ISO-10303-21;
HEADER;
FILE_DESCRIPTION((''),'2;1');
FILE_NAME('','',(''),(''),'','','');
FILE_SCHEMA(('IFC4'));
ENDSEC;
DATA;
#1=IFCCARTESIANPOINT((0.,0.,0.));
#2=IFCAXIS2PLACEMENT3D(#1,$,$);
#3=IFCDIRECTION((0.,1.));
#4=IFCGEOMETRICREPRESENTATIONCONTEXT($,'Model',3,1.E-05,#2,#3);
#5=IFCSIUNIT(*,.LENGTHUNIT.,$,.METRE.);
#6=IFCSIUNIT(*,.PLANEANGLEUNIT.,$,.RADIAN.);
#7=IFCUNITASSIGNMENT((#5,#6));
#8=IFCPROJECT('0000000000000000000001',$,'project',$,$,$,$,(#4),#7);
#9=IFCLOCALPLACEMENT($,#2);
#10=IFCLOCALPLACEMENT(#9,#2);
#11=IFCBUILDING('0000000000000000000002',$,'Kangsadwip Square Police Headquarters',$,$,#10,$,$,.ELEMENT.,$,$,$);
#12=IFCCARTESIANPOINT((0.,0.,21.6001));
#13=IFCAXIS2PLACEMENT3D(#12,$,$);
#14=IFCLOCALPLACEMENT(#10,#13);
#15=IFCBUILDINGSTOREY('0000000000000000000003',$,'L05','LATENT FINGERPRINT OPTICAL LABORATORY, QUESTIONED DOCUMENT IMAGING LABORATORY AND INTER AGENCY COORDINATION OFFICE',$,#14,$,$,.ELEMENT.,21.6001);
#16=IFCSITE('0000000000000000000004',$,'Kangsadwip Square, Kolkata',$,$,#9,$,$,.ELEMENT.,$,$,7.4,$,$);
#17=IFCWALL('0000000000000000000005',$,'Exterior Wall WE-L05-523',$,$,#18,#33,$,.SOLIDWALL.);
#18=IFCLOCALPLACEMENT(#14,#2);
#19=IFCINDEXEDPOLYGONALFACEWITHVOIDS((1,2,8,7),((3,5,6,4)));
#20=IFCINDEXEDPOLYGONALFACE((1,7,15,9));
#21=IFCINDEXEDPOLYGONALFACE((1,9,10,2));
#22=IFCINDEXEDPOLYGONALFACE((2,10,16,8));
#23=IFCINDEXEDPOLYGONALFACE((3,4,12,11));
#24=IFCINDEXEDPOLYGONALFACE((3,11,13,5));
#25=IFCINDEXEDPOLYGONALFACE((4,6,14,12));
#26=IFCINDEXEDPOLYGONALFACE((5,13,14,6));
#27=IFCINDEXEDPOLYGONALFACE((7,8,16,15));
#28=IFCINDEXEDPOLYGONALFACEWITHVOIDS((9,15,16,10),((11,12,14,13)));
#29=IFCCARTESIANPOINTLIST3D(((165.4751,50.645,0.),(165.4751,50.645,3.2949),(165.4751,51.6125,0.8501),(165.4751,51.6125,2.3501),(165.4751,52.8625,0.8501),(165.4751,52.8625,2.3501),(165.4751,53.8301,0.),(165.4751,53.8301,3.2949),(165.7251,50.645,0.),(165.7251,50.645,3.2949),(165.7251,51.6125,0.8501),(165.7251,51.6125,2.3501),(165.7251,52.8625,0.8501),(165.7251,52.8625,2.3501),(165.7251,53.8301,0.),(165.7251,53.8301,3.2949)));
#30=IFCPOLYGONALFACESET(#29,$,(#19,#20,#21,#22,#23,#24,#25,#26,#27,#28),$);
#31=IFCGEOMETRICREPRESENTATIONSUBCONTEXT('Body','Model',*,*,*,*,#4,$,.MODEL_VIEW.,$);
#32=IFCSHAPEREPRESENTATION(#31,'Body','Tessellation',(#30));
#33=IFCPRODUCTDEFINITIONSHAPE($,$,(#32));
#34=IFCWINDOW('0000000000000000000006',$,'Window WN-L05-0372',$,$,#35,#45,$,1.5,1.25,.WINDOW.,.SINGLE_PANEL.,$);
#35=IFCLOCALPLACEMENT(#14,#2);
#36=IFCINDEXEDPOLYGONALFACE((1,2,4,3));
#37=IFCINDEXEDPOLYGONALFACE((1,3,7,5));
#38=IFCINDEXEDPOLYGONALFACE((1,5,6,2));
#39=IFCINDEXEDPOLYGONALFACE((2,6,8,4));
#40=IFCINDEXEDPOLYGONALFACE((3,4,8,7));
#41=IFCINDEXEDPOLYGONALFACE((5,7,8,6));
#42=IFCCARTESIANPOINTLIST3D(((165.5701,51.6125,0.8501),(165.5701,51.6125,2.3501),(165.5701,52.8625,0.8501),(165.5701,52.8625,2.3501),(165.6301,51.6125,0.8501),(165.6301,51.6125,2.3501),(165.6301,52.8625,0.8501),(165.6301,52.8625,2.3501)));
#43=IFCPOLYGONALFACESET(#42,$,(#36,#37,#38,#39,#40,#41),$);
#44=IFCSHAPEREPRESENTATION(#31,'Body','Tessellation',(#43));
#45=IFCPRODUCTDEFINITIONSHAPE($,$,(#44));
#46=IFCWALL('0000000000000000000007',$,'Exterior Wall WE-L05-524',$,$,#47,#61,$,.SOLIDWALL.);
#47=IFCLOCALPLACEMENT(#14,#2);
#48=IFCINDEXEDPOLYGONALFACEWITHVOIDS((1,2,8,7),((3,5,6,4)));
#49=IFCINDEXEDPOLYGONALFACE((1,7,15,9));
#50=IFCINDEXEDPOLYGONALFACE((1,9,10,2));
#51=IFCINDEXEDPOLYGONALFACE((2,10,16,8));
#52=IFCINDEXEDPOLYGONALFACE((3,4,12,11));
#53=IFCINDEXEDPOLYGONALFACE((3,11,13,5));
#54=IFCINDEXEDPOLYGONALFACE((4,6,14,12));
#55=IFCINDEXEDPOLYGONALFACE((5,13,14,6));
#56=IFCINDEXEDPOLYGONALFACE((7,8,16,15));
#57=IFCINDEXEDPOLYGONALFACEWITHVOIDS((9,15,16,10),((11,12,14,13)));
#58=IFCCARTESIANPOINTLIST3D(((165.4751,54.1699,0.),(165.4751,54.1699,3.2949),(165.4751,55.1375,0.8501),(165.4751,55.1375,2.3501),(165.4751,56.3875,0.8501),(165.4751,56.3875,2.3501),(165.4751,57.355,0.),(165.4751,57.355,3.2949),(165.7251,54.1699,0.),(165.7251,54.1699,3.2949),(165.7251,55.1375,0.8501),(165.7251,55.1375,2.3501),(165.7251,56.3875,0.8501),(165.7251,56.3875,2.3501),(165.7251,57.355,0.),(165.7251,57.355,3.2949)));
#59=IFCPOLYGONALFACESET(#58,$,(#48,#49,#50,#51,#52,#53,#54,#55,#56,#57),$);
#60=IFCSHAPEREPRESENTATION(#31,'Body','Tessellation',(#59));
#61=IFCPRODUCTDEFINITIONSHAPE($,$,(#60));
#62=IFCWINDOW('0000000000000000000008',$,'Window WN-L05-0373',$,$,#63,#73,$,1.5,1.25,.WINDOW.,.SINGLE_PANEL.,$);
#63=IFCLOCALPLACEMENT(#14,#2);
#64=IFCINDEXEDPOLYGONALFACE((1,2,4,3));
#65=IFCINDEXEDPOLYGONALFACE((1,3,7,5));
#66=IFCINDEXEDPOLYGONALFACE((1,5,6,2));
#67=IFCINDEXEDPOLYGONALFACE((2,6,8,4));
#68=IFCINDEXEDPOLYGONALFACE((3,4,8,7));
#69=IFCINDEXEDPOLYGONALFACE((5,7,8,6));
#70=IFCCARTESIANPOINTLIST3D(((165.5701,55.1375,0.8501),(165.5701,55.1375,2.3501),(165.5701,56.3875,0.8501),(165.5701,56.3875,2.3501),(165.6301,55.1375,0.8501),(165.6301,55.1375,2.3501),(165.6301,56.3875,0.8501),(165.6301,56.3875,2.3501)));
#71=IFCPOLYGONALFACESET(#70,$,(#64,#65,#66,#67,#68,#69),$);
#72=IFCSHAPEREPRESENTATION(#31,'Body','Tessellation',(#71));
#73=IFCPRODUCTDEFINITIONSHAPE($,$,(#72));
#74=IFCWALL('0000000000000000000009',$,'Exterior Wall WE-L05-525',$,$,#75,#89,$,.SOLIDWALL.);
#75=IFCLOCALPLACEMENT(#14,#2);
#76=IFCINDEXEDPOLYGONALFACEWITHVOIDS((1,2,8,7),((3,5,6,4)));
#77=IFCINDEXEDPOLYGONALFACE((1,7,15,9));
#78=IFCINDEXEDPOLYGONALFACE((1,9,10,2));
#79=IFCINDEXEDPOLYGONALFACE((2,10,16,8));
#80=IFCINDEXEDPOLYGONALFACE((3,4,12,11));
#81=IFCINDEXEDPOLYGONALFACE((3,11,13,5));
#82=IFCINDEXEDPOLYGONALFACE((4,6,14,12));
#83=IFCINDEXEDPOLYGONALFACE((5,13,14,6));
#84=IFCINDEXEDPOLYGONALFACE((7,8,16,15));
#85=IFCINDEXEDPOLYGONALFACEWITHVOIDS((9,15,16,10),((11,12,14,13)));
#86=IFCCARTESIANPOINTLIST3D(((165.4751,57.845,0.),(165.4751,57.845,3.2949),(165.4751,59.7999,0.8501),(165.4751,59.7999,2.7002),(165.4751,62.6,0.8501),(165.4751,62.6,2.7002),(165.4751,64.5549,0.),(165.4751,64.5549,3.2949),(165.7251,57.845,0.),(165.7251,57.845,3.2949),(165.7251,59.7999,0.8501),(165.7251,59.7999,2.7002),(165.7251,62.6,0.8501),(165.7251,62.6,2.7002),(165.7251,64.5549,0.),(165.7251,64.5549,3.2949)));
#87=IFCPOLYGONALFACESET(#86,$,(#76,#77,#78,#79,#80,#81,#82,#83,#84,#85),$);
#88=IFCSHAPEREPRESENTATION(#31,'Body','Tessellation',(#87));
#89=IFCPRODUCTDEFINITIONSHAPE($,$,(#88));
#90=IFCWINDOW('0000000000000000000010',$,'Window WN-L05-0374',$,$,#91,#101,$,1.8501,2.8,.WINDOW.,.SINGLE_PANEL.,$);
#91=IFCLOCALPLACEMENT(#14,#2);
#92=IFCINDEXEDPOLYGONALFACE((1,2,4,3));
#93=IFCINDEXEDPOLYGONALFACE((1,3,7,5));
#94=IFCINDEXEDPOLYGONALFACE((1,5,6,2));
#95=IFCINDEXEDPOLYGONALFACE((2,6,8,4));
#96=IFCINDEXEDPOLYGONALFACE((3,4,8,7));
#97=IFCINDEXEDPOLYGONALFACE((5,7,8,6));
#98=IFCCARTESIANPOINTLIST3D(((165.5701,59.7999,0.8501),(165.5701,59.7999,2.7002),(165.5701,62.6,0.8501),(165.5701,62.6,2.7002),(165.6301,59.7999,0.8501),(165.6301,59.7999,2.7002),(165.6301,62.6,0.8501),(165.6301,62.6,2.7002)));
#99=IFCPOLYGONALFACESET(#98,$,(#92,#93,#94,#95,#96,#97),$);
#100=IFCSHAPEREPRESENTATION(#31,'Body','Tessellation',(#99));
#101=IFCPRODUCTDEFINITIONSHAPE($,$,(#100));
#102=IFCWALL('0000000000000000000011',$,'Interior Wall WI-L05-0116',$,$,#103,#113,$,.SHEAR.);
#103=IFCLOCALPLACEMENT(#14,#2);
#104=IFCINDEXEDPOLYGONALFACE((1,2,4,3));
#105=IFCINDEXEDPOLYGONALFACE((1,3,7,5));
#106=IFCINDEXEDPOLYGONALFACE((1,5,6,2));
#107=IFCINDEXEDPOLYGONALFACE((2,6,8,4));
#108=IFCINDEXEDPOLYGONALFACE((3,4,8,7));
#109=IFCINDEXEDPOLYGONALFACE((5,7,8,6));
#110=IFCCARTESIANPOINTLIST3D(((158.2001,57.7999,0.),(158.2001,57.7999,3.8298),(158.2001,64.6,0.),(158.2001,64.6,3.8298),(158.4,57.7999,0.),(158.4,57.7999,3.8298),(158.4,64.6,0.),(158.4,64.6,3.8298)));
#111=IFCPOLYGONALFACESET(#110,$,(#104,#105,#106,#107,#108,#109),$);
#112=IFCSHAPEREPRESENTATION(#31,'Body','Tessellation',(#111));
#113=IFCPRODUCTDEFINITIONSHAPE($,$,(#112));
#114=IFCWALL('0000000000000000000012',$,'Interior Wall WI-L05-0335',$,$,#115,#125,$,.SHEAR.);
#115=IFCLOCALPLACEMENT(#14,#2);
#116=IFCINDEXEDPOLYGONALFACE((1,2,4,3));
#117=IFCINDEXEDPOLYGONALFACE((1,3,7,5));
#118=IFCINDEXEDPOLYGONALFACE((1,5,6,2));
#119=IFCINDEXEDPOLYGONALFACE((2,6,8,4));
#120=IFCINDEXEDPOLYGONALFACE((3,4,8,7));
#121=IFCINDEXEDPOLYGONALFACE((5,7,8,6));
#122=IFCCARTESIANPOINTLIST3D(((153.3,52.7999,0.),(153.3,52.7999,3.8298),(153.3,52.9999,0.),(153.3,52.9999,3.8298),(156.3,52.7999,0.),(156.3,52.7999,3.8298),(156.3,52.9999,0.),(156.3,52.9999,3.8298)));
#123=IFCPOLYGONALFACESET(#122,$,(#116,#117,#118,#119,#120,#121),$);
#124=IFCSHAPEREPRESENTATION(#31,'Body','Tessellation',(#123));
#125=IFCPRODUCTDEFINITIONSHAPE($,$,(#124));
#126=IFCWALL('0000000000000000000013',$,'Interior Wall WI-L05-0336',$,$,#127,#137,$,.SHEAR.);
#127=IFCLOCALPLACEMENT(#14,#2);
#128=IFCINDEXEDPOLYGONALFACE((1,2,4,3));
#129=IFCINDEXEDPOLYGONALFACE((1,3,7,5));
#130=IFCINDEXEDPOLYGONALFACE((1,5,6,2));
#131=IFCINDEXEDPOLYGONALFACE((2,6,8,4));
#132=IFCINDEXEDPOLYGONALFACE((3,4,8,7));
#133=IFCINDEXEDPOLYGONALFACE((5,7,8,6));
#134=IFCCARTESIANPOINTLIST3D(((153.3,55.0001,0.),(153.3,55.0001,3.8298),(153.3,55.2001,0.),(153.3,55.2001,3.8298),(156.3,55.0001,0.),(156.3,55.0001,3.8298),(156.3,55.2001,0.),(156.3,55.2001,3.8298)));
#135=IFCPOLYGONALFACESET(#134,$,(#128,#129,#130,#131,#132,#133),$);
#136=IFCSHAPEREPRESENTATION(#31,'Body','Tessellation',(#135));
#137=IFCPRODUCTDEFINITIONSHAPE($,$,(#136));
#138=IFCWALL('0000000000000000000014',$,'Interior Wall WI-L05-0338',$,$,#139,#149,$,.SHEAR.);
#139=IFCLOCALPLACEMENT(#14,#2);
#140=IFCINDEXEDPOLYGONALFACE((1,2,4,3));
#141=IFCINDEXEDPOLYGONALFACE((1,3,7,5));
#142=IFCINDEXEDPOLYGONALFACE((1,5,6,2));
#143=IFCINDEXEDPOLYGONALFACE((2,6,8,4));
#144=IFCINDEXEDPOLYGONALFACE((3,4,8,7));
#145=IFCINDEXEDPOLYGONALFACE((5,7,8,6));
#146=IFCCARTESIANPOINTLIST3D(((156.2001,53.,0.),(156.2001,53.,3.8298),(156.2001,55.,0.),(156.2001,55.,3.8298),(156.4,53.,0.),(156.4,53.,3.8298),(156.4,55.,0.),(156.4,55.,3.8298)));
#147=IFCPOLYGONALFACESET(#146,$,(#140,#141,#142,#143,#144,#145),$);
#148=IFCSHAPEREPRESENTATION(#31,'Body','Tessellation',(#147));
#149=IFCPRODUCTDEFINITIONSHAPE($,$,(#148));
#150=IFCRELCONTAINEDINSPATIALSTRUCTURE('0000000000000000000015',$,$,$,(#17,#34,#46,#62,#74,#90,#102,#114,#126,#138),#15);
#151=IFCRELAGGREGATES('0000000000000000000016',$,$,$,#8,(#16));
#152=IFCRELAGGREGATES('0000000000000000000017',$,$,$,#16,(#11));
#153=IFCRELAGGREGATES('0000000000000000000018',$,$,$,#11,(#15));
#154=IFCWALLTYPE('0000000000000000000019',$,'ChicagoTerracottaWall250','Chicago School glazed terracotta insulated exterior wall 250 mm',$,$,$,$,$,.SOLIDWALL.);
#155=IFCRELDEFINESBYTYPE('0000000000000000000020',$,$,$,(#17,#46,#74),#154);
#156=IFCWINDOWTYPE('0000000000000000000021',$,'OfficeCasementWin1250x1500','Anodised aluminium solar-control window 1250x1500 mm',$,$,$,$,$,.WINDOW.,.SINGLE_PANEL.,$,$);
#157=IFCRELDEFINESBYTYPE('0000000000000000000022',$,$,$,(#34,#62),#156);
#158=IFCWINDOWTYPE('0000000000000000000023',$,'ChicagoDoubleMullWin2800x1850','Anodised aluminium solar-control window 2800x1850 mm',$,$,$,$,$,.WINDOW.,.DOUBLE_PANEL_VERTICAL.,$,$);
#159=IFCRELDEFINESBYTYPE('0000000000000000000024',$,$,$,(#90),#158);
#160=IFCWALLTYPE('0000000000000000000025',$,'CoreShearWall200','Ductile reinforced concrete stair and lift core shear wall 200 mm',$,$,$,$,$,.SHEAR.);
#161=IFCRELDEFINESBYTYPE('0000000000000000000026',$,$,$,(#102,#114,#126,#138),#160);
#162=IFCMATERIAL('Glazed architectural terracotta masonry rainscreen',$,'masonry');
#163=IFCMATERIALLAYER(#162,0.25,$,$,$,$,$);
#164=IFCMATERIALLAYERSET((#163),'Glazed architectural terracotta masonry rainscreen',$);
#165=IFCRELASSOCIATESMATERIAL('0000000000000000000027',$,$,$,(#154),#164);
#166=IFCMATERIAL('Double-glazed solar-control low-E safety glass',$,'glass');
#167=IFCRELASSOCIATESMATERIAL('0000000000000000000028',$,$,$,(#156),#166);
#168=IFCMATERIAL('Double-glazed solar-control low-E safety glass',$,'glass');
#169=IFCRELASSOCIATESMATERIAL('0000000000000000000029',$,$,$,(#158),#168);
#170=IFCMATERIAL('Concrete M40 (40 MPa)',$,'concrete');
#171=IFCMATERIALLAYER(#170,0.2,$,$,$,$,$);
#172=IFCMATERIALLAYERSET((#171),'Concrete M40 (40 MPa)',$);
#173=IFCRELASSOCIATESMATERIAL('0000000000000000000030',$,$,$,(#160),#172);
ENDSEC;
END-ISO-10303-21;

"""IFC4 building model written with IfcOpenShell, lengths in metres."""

from ifc_helpers import new_model, si_unit, direction, frame, frame_2d, origin, place, context, subcontext, project, spatial, rectangle, extrude, material, layer, layer_set, type_object, element, fill, save


model = new_model("IFC4")

# Units and contexts
model_context = context("Model", 3, precision=1e-05, world=origin(), true_north=direction((0.0, 1.0)))
body_context = subcontext(model_context, "Body", "Model", "MODEL_VIEW")
ifc_project = project(units=[si_unit("LENGTHUNIT", "METRE"), si_unit("PLANEANGLEUNIT", "RADIAN")], contexts=[model_context])

# Site, building, storey
site_placement = place(None, origin())
site = spatial("IfcSite", under=ifc_project, at=site_placement, Name="Kangsadwip Square, Kolkata", CompositionType="ELEMENT", RefElevation=7.4)
building_placement = place(site_placement, origin())
building = spatial("IfcBuilding", under=site, at=building_placement, Name="Kangsadwip Square Police Headquarters", CompositionType="ELEMENT")
storey_placement = place(building_placement, frame((0.0, 0.0, 21.6001)))
storey = spatial("IfcBuildingStorey", under=building, at=storey_placement, Name="L05", Description="LATENT FINGERPRINT OPTICAL LABORATORY, QUESTIONED DOCUMENT IMAGING LABORATORY AND INTER AGENCY COORDINATION OFFICE", CompositionType="ELEMENT", Elevation=21.6001)

# Walls, openings, windows
ifc_material_1 = material(Name="Glazed architectural terracotta masonry rainscreen", Category="masonry")
ifc_layer_1 = layer(ifc_material_1, 0.25)
ifc_layer_set_1 = layer_set([ifc_layer_1], Name="Glazed architectural terracotta masonry rainscreen")
wall_type_1 = type_object("IfcWallType", Name="ChicagoTerracottaWall250", Description="Chicago School glazed terracotta insulated exterior wall 250 mm", PredefinedType="SOLIDWALL", material=ifc_layer_set_1)
wall_1_placement = place(storey_placement, frame((165.6001, 50.645, 0.0), z_axis=(0.0, 0.0, 1.0), x_axis=(0.0, 1.0, 0.0)))
wall_1 = element("IfcWall", 1, at=wall_1_placement, inside=storey, type_object=wall_type_1, Name="Exterior Wall WE-L05-523", PredefinedType="SOLIDWALL", context=body_context, shape_type="SweptSolid", body=[
    extrude(rectangle(XDim=3.1851, YDim=0.25, at=frame_2d((1.5925, 0.0))), origin(), (0.0, 0.0, 1.0), 3.2949),
])
opening_1_placement = place(wall_1_placement, frame((0.9675, 0.0, 0.8501)))
opening_1 = element("IfcOpeningElement", 2, at=opening_1_placement, cuts=wall_1, PredefinedType="OPENING", context=body_context, shape_type="SweptSolid", body=[
    extrude(rectangle(XDim=1.25, YDim=1.5, at=frame_2d((0.625, 0.75))), frame((0.0, 0.135, 0.0), z_axis=(0.0, -1.0, 0.0), x_axis=(1.0, 0.0, 0.0)), (0.0, 0.0, 1.0), 0.27),
])
ifc_material_2 = material(Name="Double-glazed solar-control low-E safety glass", Category="glass")
window_type_1 = type_object("IfcWindowType", Name="OfficeCasementWin1250x1500", Description="Anodised aluminium solar-control window 1250x1500 mm", PartitioningType="SINGLE_PANEL", PredefinedType="WINDOW", material=ifc_material_2)
window_1_placement = place(opening_1_placement, origin())
window_1 = element("IfcWindow", 3, at=window_1_placement, inside=storey, type_object=window_type_1, Name="Window WN-L05-0372", OverallHeight=1.5, OverallWidth=1.25, PartitioningType="SINGLE_PANEL", PredefinedType="WINDOW", context=body_context, shape_type="SweptSolid", body=[
    extrude(rectangle(XDim=1.25, YDim=1.5, at=frame_2d((0.625, 0.75))), frame((0.0, 0.03, 0.0), z_axis=(0.0, -1.0, 0.0), x_axis=(1.0, 0.0, 0.0)), (0.0, 0.0, 1.0), 0.0601),
])
fill(opening_1, window_1)
wall_2_placement = place(storey_placement, frame((165.6001, 54.1699, 0.0), z_axis=(0.0, 0.0, 1.0), x_axis=(0.0, 1.0, 0.0)))
wall_2 = element("IfcWall", 4, at=wall_2_placement, inside=storey, type_object=wall_type_1, Name="Exterior Wall WE-L05-524", PredefinedType="SOLIDWALL", context=body_context, shape_type="SweptSolid", body=[
    extrude(rectangle(XDim=3.1851, YDim=0.25, at=frame_2d((1.5925, 0.0))), origin(), (0.0, 0.0, 1.0), 3.2949),
])
opening_2_placement = place(wall_2_placement, frame((0.9675, 0.0, 0.8501)))
opening_2 = element("IfcOpeningElement", 5, at=opening_2_placement, cuts=wall_2, PredefinedType="OPENING", context=body_context, shape_type="SweptSolid", body=[
    extrude(rectangle(XDim=1.25, YDim=1.5, at=frame_2d((0.625, 0.75))), frame((0.0, 0.135, 0.0), z_axis=(0.0, -1.0, 0.0), x_axis=(1.0, 0.0, 0.0)), (0.0, 0.0, 1.0), 0.27),
])
window_2_placement = place(opening_2_placement, origin())
window_2 = element("IfcWindow", 6, at=window_2_placement, inside=storey, type_object=window_type_1, Name="Window WN-L05-0373", OverallHeight=1.5, OverallWidth=1.25, PartitioningType="SINGLE_PANEL", PredefinedType="WINDOW", context=body_context, shape_type="SweptSolid", body=[
    extrude(rectangle(XDim=1.25, YDim=1.5, at=frame_2d((0.625, 0.75))), frame((0.0, 0.03, 0.0), z_axis=(0.0, -1.0, 0.0), x_axis=(1.0, 0.0, 0.0)), (0.0, 0.0, 1.0), 0.0601),
])
fill(opening_2, window_2)
wall_3_placement = place(storey_placement, frame((165.6001, 57.845, 0.0), z_axis=(0.0, 0.0, 1.0), x_axis=(0.0, 1.0, 0.0)))
wall_3 = element("IfcWall", 7, at=wall_3_placement, inside=storey, type_object=wall_type_1, Name="Exterior Wall WE-L05-525", PredefinedType="SOLIDWALL", context=body_context, shape_type="SweptSolid", body=[
    extrude(rectangle(XDim=6.71, YDim=0.25, at=frame_2d((3.355, 0.0))), origin(), (0.0, 0.0, 1.0), 3.2949),
])
opening_3_placement = place(wall_3_placement, frame((1.9551, 0.0, 0.8501)))
opening_3 = element("IfcOpeningElement", 8, at=opening_3_placement, cuts=wall_3, PredefinedType="OPENING", context=body_context, shape_type="SweptSolid", body=[
    extrude(rectangle(XDim=2.8, YDim=1.8501, at=frame_2d((1.3999, 0.925))), frame((0.0, 0.135, 0.0), z_axis=(0.0, -1.0, 0.0), x_axis=(1.0, 0.0, 0.0)), (0.0, 0.0, 1.0), 0.27),
])
ifc_material_3 = material(Name="Double-glazed solar-control low-E safety glass", Category="glass")
window_type_2 = type_object("IfcWindowType", Name="ChicagoDoubleMullWin2800x1850", Description="Anodised aluminium solar-control window 2800x1850 mm", PartitioningType="DOUBLE_PANEL_VERTICAL", PredefinedType="WINDOW", material=ifc_material_3)
window_3_placement = place(opening_3_placement, origin())
window_3 = element("IfcWindow", 9, at=window_3_placement, inside=storey, type_object=window_type_2, Name="Window WN-L05-0374", OverallHeight=1.8501, OverallWidth=2.8, PartitioningType="SINGLE_PANEL", PredefinedType="WINDOW", context=body_context, shape_type="SweptSolid", body=[
    extrude(rectangle(XDim=2.8, YDim=1.8501, at=frame_2d((1.3999, 0.925))), frame((0.0, 0.03, 0.0), z_axis=(0.0, -1.0, 0.0), x_axis=(1.0, 0.0, 0.0)), (0.0, 0.0, 1.0), 0.0601),
])
fill(opening_3, window_3)

# Walls
ifc_material_4 = material(Name="Concrete M40 (40 MPa)", Category="concrete")
ifc_layer_2 = layer(ifc_material_4, 0.2)
ifc_layer_set_2 = layer_set([ifc_layer_2], Name="Concrete M40 (40 MPa)")
wall_type_2 = type_object("IfcWallType", Name="CoreShearWall200", Description="Ductile reinforced concrete stair and lift core shear wall 200 mm", PredefinedType="SHEAR", material=ifc_layer_set_2)
wall_4_placement = place(storey_placement, frame((158.3, 57.8, 0.0), z_axis=(0.0, 0.0, 1.0), x_axis=(0.0, 1.0, 0.0)))
element("IfcWall", 10, at=wall_4_placement, inside=storey, type_object=wall_type_2, Name="Interior Wall WI-L05-0116", PredefinedType="SHEAR", context=body_context, shape_type="SweptSolid", body=[
    extrude(rectangle(XDim=6.8, YDim=0.2, at=frame_2d((3.3999, 0.0))), origin(), (0.0, 0.0, 1.0), 3.8298),
])
for number, where, z_axis, x_axis, name in (
    (11, (153.3, 52.8999, 0.0), (0.0, 0.0, 1.0), (1.0, 0.0, 0.0), "Interior Wall WI-L05-0335"),
    (12, (153.3, 55.1001, 0.0), (0.0, 0.0, 1.0), (1.0, 0.0, 0.0), "Interior Wall WI-L05-0336"),
):
    element("IfcWall", number, at=place(storey_placement, frame(where, z_axis=z_axis, x_axis=x_axis)), inside=storey, type_object=wall_type_2, Name=name, PredefinedType="SHEAR", context=body_context, shape_type="SweptSolid", body=[
        extrude(rectangle(XDim=3.0, YDim=0.2, at=frame_2d((1.5, 0.0))), origin(), (0.0, 0.0, 1.0), 3.8298),
    ])

# Wall
wall_5_placement = place(storey_placement, frame((156.3, 53.0, 0.0), z_axis=(0.0, 0.0, 1.0), x_axis=(0.0, 1.0, 0.0)))
element("IfcWall", 13, at=wall_5_placement, inside=storey, type_object=wall_type_2, Name="Interior Wall WI-L05-0338", PredefinedType="SHEAR", context=body_context, shape_type="SweptSolid", body=[
    extrude(rectangle(XDim=2.0, YDim=0.2, at=frame_2d((1.0, 0.0))), origin(), (0.0, 0.0, 1.0), 3.8298),
])

save(model, "model.ifc")
